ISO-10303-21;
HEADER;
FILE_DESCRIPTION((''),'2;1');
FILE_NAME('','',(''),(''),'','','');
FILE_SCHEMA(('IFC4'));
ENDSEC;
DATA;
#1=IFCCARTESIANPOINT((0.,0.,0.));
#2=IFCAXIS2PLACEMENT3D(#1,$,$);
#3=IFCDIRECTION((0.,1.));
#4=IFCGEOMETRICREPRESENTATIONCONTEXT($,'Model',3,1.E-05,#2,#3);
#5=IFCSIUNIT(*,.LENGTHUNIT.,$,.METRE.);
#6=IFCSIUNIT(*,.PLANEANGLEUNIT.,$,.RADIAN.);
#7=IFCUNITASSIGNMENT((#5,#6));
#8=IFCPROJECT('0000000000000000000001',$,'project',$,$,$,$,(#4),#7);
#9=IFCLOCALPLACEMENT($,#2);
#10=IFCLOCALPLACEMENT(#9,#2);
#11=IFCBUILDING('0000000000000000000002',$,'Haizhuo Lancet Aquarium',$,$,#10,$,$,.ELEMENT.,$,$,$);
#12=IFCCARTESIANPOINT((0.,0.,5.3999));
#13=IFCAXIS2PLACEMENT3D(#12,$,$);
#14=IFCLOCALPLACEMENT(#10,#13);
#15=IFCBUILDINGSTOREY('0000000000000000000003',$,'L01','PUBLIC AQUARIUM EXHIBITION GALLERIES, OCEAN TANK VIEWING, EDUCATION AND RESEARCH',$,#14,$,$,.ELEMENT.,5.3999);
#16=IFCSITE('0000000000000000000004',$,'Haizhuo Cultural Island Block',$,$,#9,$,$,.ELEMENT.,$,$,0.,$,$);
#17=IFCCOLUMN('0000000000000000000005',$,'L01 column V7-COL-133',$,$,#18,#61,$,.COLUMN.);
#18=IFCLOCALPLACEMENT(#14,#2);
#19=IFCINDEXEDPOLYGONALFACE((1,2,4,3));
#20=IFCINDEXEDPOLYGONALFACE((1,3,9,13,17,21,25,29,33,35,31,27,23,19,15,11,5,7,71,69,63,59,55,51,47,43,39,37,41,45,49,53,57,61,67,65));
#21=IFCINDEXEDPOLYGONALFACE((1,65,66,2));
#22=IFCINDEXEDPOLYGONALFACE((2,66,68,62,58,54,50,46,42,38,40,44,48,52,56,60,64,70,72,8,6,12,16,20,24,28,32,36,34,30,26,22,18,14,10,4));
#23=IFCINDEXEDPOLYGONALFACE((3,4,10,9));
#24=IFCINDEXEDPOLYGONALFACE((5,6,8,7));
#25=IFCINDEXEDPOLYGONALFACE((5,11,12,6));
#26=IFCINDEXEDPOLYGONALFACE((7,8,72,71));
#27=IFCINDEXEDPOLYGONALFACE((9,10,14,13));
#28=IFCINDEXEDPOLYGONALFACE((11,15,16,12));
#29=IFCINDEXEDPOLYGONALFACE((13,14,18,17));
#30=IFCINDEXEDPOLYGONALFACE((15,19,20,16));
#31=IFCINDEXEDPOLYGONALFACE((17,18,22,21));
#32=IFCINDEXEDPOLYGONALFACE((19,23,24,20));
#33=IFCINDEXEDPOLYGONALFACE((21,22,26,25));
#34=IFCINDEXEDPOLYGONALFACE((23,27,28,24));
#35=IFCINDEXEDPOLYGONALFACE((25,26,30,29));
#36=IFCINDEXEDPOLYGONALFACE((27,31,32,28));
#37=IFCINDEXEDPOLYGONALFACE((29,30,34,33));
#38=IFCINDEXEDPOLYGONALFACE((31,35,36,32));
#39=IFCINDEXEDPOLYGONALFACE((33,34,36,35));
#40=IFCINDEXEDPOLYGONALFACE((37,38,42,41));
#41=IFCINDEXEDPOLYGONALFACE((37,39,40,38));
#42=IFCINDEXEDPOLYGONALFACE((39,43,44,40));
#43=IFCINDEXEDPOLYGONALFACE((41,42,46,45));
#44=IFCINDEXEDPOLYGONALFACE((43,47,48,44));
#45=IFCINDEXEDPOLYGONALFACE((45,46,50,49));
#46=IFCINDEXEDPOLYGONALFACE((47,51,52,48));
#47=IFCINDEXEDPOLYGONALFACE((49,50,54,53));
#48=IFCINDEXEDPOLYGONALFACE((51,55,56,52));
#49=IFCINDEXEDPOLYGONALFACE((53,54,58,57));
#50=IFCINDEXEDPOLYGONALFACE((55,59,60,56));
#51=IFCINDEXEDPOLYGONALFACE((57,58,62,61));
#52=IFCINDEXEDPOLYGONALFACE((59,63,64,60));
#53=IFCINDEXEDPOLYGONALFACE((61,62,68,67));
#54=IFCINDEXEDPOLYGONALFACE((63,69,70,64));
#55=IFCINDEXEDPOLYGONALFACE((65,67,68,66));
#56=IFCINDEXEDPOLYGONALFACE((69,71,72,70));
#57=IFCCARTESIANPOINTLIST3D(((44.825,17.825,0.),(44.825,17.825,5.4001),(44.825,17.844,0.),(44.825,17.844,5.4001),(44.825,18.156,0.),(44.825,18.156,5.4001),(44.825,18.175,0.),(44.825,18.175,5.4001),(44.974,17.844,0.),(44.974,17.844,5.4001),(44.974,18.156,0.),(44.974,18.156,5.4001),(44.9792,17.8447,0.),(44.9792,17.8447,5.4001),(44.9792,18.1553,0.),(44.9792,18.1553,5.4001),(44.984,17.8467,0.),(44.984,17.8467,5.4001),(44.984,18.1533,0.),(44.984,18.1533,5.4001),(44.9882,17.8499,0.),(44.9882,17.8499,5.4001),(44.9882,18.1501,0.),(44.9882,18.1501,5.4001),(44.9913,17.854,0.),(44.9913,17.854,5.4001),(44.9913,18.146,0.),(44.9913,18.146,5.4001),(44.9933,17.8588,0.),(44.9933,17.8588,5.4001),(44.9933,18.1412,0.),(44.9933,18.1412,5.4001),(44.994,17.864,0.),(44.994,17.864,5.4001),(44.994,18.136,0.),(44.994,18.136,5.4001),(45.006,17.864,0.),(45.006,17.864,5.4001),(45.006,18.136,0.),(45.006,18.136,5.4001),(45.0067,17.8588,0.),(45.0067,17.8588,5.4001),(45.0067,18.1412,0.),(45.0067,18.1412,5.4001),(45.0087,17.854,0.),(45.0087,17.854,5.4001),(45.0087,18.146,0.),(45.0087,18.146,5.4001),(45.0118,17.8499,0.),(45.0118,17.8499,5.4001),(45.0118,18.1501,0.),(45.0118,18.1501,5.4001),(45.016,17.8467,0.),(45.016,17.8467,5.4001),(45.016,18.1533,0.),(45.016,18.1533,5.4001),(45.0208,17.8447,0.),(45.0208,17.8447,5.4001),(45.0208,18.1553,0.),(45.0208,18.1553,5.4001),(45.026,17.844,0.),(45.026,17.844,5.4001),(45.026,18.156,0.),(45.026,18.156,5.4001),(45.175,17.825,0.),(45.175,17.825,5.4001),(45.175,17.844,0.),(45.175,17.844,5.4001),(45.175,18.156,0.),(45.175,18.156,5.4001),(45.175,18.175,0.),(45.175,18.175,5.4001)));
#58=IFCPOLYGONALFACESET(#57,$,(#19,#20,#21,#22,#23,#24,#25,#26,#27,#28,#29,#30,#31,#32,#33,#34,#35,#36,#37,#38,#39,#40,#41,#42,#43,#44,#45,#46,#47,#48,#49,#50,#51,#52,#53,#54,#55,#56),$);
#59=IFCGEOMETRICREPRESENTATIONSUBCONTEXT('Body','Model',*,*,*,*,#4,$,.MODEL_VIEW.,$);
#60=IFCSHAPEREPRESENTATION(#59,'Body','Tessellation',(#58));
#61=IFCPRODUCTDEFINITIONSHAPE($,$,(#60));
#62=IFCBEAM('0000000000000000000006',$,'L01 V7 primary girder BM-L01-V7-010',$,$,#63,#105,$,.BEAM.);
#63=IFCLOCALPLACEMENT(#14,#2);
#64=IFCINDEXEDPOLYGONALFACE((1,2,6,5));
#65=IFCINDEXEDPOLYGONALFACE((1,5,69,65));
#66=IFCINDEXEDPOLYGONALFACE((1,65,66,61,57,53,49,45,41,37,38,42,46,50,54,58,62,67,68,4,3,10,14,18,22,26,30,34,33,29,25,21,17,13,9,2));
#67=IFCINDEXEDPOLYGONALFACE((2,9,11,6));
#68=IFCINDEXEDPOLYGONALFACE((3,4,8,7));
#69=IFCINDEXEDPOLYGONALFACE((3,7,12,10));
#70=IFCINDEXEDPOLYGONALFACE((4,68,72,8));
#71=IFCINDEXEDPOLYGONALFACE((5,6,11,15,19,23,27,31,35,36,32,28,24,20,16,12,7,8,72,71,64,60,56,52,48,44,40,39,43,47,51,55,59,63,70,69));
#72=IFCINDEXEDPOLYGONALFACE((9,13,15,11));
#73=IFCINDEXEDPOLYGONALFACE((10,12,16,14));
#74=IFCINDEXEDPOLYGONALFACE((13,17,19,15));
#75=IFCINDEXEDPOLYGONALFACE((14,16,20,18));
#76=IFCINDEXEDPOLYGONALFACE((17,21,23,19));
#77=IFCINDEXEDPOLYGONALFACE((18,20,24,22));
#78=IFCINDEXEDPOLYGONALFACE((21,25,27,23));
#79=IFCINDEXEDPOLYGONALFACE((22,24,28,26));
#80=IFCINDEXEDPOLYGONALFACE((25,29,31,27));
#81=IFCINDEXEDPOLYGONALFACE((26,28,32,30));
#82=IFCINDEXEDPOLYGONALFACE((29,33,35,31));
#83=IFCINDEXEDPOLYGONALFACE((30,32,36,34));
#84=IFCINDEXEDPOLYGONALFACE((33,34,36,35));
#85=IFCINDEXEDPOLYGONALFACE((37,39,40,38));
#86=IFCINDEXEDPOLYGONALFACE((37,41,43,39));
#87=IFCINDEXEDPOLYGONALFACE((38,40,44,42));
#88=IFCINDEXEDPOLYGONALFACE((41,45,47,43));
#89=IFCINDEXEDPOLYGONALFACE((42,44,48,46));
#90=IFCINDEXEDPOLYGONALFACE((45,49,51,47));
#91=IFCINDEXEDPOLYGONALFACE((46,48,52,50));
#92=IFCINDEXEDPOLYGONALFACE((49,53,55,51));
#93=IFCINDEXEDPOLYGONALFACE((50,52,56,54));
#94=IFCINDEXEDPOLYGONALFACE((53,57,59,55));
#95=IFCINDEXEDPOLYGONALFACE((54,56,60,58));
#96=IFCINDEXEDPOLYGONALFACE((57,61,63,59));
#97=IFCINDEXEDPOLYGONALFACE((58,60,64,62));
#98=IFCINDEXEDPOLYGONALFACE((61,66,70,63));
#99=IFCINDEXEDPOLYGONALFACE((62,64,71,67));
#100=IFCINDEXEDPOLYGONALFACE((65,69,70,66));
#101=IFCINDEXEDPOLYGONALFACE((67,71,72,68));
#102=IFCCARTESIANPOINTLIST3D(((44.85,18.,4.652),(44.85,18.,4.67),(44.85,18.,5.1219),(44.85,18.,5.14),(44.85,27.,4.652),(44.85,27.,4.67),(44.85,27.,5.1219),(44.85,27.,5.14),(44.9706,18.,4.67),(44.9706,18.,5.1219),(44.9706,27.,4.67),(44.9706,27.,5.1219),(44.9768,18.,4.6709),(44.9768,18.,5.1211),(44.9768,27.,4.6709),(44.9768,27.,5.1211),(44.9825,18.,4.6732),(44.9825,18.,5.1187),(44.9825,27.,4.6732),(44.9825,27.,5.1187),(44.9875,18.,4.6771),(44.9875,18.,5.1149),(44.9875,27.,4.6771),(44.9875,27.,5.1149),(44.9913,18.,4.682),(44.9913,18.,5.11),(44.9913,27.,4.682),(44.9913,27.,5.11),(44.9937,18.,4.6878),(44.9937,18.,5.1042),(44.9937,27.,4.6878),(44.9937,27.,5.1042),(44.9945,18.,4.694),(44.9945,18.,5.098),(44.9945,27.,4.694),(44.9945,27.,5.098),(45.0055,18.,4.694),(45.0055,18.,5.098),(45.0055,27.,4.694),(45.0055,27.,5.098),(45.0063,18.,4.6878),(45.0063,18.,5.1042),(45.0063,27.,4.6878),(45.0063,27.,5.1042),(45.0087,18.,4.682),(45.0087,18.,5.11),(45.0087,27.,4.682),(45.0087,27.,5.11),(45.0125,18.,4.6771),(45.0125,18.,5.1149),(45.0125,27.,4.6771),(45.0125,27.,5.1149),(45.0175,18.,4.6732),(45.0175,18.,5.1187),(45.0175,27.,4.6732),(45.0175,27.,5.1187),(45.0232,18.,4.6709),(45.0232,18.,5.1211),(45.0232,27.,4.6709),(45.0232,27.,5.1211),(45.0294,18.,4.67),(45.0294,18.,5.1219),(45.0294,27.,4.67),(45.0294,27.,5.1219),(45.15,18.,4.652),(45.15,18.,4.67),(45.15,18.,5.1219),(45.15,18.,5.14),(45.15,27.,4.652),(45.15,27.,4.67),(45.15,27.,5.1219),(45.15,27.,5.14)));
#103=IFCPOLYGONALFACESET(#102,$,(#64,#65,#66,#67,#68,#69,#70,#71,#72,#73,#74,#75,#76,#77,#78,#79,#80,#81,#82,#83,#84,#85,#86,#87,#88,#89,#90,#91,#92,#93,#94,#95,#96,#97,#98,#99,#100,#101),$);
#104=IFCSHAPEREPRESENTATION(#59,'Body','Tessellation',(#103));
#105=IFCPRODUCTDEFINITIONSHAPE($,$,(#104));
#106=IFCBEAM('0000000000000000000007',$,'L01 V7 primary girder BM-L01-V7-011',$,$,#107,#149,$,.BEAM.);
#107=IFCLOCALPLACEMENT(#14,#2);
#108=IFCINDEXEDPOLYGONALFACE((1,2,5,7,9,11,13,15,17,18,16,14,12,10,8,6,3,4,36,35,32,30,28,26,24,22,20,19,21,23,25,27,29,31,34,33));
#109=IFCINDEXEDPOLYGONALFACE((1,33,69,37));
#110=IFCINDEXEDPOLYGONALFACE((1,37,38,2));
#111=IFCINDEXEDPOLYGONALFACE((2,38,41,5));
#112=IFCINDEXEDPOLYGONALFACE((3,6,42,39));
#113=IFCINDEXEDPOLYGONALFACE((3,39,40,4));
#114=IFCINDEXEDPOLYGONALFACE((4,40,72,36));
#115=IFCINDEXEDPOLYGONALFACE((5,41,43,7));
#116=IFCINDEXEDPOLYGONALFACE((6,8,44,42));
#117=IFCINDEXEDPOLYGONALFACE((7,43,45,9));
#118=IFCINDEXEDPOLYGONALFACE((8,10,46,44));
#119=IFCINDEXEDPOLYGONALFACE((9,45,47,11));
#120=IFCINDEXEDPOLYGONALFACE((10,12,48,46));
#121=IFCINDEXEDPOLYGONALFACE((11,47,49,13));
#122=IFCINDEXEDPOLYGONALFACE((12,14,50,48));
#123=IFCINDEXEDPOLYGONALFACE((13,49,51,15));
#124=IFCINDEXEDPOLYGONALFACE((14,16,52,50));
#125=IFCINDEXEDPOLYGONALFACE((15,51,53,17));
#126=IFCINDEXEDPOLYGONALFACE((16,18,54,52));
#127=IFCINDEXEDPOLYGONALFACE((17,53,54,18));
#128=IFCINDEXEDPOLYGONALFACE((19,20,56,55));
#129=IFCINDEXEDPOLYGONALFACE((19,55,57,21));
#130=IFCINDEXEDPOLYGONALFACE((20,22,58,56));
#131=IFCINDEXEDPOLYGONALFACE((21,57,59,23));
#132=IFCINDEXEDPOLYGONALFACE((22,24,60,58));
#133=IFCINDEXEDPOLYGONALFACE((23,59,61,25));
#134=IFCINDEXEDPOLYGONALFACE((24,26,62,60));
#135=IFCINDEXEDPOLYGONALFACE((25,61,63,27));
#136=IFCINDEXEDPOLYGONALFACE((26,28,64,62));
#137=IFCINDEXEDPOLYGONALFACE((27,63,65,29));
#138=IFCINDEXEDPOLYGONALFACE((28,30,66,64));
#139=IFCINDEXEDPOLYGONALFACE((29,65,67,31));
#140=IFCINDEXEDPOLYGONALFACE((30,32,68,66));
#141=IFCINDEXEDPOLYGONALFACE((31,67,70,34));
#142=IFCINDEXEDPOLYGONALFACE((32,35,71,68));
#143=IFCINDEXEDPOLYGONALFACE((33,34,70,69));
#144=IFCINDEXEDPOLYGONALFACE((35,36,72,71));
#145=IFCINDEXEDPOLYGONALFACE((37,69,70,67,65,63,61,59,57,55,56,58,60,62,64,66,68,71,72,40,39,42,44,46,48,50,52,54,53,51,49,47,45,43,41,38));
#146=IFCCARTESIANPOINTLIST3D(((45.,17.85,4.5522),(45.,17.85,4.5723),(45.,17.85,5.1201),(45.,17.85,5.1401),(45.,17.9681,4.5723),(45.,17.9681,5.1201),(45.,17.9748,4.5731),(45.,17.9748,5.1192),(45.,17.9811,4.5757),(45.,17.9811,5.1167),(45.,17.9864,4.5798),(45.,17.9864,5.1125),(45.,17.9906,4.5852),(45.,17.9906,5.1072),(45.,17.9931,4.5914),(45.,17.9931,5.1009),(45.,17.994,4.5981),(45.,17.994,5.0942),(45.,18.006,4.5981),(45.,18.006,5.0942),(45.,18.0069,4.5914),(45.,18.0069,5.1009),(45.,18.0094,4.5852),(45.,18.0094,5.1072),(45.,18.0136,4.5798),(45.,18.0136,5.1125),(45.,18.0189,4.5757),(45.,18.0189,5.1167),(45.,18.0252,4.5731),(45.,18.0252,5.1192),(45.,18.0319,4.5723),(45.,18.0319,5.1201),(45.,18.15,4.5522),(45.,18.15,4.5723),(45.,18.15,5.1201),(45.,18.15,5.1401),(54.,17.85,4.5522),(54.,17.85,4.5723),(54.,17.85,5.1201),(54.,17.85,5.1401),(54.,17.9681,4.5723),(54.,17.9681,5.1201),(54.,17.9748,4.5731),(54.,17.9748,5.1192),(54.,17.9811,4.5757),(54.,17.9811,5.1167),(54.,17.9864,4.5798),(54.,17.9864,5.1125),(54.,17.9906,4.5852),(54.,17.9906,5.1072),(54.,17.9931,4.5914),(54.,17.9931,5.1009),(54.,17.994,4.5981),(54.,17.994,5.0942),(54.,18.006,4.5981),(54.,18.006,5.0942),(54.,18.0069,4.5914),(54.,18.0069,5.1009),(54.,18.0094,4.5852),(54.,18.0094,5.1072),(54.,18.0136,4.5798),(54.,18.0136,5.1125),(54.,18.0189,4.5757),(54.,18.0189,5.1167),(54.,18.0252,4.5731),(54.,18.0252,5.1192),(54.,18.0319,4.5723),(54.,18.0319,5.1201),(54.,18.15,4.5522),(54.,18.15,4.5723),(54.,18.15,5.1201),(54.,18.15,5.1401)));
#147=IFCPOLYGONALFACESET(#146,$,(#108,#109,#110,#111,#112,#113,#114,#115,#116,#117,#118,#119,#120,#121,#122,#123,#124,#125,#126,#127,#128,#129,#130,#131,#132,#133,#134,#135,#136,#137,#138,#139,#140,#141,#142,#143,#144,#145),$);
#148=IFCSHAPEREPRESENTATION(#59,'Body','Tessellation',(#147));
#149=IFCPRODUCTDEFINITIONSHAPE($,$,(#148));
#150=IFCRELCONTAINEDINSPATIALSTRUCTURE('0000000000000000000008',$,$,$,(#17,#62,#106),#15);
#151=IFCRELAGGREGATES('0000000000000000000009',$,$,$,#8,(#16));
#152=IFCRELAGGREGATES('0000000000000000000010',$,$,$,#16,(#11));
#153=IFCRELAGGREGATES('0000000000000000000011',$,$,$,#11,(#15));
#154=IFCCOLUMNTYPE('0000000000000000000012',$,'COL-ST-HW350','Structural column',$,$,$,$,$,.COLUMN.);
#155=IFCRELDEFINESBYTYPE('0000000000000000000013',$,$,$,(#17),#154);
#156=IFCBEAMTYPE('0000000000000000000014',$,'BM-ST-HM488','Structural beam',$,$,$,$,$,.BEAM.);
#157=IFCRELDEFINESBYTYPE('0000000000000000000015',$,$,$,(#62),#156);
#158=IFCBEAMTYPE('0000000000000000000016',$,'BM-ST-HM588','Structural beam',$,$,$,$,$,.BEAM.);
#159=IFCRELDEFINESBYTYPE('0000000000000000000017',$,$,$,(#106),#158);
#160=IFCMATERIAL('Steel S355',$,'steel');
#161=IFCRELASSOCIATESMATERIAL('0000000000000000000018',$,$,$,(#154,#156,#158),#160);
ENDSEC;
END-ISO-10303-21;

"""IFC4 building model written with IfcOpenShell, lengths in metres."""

from ifc_helpers import new_model, si_unit, direction, frame, origin, origin_2d, place, context, subcontext, project, spatial, i_section, extrude, material, material_profile, profile_set, type_object, element, save


model = new_model("IFC4")

# Units and contexts
model_context = context("Model", 3, precision=1e-05, world=origin(), true_north=direction((0.0, 1.0)))
body_context = subcontext(model_context, "Body", "Model", "MODEL_VIEW")
ifc_project = project(units=[si_unit("LENGTHUNIT", "METRE"), si_unit("PLANEANGLEUNIT", "RADIAN")], contexts=[model_context])

# Site, building, storey
site_placement = place(None, origin())
site = spatial("IfcSite", under=ifc_project, at=site_placement, Name="Haizhuo Cultural Island Block", CompositionType="ELEMENT", RefElevation=0.0)
building_placement = place(site_placement, origin())
building = spatial("IfcBuilding", under=site, at=building_placement, Name="Haizhuo Lancet Aquarium", CompositionType="ELEMENT")
storey_placement = place(building_placement, frame((0.0, 0.0, 5.3999)))
storey = spatial("IfcBuildingStorey", under=building, at=storey_placement, Name="L01", Description="PUBLIC AQUARIUM EXHIBITION GALLERIES, OCEAN TANK VIEWING, EDUCATION AND RESEARCH", CompositionType="ELEMENT", Elevation=5.3999)

# Column
ifc_material_1 = material(Name="Steel S355", Category="steel")
ifc_material_profile_1 = material_profile(ifc_material_1, i_section(OverallWidth=0.3501, OverallDepth=0.3501, WebThickness=0.012, FlangeThickness=0.019, FilletRadius=0.02, at=origin_2d()), Name="HW 350x350x12x19")
ifc_profile_set_1 = profile_set([ifc_material_profile_1], Name="Steel S355")
column_type = type_object("IfcColumnType", Name="COL-ST-HW350", Description="Structural column", PredefinedType="COLUMN", material=ifc_profile_set_1)
column_placement = place(storey_placement, frame((45.0, 18.0, 0.0), z_axis=(0.0, 0.0, 1.0), x_axis=(1.0, 0.0, 0.0)))
element("IfcColumn", 1, at=column_placement, inside=storey, type_object=column_type, Name="L01 column V7-COL-133", PredefinedType="COLUMN", context=body_context, shape_type="SweptSolid", body=[
    extrude(i_section(OverallWidth=0.3501, OverallDepth=0.3501, WebThickness=0.012, FlangeThickness=0.019, FilletRadius=0.02, at=origin_2d()), origin(), (0.0, 0.0, 1.0), 5.4001),
])

# Beams
ifc_material_profile_2 = material_profile(ifc_material_1, i_section(OverallWidth=0.3, OverallDepth=0.488, WebThickness=0.011, FlangeThickness=0.0181, FilletRadius=0.0239, at=origin_2d()), Name="HM 488x300x11x18")
ifc_profile_set_2 = profile_set([ifc_material_profile_2], Name="Steel S355")
beam_type_1 = type_object("IfcBeamType", Name="BM-ST-HM488", Description="Structural beam", PredefinedType="BEAM", material=ifc_profile_set_2)
beam_1_placement = place(storey_placement, frame((45.0, 18.0, 4.896), z_axis=(0.0, 1.0, 0.0), x_axis=(-1.0, 0.0, 0.0)))
element("IfcBeam", 2, at=beam_1_placement, inside=storey, type_object=beam_type_1, Name="L01 V7 primary girder BM-L01-V7-010", PredefinedType="BEAM", context=body_context, shape_type="SweptSolid", body=[
    extrude(i_section(OverallWidth=0.3, OverallDepth=0.488, WebThickness=0.011, FlangeThickness=0.0181, FilletRadius=0.0239, at=origin_2d()), origin(), (0.0, 0.0, 1.0), 9.0),
])
ifc_material_profile_3 = material_profile(ifc_material_1, i_section(OverallWidth=0.3, OverallDepth=0.5879, WebThickness=0.012, FlangeThickness=0.02, FilletRadius=0.0259, at=origin_2d()), Name="HM 588x300x12x20")
ifc_profile_set_3 = profile_set([ifc_material_profile_3], Name="Steel S355")
beam_type_2 = type_object("IfcBeamType", Name="BM-ST-HM588", Description="Structural beam", PredefinedType="BEAM", material=ifc_profile_set_3)
beam_2_placement = place(storey_placement, frame((45.0, 18.0, 4.8462), z_axis=(1.0, 0.0, 0.0), x_axis=(0.0, 1.0, 0.0)))
element("IfcBeam", 3, at=beam_2_placement, inside=storey, type_object=beam_type_2, Name="L01 V7 primary girder BM-L01-V7-011", PredefinedType="BEAM", context=body_context, shape_type="SweptSolid", body=[
    extrude(i_section(OverallWidth=0.3, OverallDepth=0.5879, WebThickness=0.012, FlangeThickness=0.02, FilletRadius=0.0259, at=origin_2d()), origin(), (0.0, 0.0, 1.0), 9.0),
])

save(model, "model.ifc")
